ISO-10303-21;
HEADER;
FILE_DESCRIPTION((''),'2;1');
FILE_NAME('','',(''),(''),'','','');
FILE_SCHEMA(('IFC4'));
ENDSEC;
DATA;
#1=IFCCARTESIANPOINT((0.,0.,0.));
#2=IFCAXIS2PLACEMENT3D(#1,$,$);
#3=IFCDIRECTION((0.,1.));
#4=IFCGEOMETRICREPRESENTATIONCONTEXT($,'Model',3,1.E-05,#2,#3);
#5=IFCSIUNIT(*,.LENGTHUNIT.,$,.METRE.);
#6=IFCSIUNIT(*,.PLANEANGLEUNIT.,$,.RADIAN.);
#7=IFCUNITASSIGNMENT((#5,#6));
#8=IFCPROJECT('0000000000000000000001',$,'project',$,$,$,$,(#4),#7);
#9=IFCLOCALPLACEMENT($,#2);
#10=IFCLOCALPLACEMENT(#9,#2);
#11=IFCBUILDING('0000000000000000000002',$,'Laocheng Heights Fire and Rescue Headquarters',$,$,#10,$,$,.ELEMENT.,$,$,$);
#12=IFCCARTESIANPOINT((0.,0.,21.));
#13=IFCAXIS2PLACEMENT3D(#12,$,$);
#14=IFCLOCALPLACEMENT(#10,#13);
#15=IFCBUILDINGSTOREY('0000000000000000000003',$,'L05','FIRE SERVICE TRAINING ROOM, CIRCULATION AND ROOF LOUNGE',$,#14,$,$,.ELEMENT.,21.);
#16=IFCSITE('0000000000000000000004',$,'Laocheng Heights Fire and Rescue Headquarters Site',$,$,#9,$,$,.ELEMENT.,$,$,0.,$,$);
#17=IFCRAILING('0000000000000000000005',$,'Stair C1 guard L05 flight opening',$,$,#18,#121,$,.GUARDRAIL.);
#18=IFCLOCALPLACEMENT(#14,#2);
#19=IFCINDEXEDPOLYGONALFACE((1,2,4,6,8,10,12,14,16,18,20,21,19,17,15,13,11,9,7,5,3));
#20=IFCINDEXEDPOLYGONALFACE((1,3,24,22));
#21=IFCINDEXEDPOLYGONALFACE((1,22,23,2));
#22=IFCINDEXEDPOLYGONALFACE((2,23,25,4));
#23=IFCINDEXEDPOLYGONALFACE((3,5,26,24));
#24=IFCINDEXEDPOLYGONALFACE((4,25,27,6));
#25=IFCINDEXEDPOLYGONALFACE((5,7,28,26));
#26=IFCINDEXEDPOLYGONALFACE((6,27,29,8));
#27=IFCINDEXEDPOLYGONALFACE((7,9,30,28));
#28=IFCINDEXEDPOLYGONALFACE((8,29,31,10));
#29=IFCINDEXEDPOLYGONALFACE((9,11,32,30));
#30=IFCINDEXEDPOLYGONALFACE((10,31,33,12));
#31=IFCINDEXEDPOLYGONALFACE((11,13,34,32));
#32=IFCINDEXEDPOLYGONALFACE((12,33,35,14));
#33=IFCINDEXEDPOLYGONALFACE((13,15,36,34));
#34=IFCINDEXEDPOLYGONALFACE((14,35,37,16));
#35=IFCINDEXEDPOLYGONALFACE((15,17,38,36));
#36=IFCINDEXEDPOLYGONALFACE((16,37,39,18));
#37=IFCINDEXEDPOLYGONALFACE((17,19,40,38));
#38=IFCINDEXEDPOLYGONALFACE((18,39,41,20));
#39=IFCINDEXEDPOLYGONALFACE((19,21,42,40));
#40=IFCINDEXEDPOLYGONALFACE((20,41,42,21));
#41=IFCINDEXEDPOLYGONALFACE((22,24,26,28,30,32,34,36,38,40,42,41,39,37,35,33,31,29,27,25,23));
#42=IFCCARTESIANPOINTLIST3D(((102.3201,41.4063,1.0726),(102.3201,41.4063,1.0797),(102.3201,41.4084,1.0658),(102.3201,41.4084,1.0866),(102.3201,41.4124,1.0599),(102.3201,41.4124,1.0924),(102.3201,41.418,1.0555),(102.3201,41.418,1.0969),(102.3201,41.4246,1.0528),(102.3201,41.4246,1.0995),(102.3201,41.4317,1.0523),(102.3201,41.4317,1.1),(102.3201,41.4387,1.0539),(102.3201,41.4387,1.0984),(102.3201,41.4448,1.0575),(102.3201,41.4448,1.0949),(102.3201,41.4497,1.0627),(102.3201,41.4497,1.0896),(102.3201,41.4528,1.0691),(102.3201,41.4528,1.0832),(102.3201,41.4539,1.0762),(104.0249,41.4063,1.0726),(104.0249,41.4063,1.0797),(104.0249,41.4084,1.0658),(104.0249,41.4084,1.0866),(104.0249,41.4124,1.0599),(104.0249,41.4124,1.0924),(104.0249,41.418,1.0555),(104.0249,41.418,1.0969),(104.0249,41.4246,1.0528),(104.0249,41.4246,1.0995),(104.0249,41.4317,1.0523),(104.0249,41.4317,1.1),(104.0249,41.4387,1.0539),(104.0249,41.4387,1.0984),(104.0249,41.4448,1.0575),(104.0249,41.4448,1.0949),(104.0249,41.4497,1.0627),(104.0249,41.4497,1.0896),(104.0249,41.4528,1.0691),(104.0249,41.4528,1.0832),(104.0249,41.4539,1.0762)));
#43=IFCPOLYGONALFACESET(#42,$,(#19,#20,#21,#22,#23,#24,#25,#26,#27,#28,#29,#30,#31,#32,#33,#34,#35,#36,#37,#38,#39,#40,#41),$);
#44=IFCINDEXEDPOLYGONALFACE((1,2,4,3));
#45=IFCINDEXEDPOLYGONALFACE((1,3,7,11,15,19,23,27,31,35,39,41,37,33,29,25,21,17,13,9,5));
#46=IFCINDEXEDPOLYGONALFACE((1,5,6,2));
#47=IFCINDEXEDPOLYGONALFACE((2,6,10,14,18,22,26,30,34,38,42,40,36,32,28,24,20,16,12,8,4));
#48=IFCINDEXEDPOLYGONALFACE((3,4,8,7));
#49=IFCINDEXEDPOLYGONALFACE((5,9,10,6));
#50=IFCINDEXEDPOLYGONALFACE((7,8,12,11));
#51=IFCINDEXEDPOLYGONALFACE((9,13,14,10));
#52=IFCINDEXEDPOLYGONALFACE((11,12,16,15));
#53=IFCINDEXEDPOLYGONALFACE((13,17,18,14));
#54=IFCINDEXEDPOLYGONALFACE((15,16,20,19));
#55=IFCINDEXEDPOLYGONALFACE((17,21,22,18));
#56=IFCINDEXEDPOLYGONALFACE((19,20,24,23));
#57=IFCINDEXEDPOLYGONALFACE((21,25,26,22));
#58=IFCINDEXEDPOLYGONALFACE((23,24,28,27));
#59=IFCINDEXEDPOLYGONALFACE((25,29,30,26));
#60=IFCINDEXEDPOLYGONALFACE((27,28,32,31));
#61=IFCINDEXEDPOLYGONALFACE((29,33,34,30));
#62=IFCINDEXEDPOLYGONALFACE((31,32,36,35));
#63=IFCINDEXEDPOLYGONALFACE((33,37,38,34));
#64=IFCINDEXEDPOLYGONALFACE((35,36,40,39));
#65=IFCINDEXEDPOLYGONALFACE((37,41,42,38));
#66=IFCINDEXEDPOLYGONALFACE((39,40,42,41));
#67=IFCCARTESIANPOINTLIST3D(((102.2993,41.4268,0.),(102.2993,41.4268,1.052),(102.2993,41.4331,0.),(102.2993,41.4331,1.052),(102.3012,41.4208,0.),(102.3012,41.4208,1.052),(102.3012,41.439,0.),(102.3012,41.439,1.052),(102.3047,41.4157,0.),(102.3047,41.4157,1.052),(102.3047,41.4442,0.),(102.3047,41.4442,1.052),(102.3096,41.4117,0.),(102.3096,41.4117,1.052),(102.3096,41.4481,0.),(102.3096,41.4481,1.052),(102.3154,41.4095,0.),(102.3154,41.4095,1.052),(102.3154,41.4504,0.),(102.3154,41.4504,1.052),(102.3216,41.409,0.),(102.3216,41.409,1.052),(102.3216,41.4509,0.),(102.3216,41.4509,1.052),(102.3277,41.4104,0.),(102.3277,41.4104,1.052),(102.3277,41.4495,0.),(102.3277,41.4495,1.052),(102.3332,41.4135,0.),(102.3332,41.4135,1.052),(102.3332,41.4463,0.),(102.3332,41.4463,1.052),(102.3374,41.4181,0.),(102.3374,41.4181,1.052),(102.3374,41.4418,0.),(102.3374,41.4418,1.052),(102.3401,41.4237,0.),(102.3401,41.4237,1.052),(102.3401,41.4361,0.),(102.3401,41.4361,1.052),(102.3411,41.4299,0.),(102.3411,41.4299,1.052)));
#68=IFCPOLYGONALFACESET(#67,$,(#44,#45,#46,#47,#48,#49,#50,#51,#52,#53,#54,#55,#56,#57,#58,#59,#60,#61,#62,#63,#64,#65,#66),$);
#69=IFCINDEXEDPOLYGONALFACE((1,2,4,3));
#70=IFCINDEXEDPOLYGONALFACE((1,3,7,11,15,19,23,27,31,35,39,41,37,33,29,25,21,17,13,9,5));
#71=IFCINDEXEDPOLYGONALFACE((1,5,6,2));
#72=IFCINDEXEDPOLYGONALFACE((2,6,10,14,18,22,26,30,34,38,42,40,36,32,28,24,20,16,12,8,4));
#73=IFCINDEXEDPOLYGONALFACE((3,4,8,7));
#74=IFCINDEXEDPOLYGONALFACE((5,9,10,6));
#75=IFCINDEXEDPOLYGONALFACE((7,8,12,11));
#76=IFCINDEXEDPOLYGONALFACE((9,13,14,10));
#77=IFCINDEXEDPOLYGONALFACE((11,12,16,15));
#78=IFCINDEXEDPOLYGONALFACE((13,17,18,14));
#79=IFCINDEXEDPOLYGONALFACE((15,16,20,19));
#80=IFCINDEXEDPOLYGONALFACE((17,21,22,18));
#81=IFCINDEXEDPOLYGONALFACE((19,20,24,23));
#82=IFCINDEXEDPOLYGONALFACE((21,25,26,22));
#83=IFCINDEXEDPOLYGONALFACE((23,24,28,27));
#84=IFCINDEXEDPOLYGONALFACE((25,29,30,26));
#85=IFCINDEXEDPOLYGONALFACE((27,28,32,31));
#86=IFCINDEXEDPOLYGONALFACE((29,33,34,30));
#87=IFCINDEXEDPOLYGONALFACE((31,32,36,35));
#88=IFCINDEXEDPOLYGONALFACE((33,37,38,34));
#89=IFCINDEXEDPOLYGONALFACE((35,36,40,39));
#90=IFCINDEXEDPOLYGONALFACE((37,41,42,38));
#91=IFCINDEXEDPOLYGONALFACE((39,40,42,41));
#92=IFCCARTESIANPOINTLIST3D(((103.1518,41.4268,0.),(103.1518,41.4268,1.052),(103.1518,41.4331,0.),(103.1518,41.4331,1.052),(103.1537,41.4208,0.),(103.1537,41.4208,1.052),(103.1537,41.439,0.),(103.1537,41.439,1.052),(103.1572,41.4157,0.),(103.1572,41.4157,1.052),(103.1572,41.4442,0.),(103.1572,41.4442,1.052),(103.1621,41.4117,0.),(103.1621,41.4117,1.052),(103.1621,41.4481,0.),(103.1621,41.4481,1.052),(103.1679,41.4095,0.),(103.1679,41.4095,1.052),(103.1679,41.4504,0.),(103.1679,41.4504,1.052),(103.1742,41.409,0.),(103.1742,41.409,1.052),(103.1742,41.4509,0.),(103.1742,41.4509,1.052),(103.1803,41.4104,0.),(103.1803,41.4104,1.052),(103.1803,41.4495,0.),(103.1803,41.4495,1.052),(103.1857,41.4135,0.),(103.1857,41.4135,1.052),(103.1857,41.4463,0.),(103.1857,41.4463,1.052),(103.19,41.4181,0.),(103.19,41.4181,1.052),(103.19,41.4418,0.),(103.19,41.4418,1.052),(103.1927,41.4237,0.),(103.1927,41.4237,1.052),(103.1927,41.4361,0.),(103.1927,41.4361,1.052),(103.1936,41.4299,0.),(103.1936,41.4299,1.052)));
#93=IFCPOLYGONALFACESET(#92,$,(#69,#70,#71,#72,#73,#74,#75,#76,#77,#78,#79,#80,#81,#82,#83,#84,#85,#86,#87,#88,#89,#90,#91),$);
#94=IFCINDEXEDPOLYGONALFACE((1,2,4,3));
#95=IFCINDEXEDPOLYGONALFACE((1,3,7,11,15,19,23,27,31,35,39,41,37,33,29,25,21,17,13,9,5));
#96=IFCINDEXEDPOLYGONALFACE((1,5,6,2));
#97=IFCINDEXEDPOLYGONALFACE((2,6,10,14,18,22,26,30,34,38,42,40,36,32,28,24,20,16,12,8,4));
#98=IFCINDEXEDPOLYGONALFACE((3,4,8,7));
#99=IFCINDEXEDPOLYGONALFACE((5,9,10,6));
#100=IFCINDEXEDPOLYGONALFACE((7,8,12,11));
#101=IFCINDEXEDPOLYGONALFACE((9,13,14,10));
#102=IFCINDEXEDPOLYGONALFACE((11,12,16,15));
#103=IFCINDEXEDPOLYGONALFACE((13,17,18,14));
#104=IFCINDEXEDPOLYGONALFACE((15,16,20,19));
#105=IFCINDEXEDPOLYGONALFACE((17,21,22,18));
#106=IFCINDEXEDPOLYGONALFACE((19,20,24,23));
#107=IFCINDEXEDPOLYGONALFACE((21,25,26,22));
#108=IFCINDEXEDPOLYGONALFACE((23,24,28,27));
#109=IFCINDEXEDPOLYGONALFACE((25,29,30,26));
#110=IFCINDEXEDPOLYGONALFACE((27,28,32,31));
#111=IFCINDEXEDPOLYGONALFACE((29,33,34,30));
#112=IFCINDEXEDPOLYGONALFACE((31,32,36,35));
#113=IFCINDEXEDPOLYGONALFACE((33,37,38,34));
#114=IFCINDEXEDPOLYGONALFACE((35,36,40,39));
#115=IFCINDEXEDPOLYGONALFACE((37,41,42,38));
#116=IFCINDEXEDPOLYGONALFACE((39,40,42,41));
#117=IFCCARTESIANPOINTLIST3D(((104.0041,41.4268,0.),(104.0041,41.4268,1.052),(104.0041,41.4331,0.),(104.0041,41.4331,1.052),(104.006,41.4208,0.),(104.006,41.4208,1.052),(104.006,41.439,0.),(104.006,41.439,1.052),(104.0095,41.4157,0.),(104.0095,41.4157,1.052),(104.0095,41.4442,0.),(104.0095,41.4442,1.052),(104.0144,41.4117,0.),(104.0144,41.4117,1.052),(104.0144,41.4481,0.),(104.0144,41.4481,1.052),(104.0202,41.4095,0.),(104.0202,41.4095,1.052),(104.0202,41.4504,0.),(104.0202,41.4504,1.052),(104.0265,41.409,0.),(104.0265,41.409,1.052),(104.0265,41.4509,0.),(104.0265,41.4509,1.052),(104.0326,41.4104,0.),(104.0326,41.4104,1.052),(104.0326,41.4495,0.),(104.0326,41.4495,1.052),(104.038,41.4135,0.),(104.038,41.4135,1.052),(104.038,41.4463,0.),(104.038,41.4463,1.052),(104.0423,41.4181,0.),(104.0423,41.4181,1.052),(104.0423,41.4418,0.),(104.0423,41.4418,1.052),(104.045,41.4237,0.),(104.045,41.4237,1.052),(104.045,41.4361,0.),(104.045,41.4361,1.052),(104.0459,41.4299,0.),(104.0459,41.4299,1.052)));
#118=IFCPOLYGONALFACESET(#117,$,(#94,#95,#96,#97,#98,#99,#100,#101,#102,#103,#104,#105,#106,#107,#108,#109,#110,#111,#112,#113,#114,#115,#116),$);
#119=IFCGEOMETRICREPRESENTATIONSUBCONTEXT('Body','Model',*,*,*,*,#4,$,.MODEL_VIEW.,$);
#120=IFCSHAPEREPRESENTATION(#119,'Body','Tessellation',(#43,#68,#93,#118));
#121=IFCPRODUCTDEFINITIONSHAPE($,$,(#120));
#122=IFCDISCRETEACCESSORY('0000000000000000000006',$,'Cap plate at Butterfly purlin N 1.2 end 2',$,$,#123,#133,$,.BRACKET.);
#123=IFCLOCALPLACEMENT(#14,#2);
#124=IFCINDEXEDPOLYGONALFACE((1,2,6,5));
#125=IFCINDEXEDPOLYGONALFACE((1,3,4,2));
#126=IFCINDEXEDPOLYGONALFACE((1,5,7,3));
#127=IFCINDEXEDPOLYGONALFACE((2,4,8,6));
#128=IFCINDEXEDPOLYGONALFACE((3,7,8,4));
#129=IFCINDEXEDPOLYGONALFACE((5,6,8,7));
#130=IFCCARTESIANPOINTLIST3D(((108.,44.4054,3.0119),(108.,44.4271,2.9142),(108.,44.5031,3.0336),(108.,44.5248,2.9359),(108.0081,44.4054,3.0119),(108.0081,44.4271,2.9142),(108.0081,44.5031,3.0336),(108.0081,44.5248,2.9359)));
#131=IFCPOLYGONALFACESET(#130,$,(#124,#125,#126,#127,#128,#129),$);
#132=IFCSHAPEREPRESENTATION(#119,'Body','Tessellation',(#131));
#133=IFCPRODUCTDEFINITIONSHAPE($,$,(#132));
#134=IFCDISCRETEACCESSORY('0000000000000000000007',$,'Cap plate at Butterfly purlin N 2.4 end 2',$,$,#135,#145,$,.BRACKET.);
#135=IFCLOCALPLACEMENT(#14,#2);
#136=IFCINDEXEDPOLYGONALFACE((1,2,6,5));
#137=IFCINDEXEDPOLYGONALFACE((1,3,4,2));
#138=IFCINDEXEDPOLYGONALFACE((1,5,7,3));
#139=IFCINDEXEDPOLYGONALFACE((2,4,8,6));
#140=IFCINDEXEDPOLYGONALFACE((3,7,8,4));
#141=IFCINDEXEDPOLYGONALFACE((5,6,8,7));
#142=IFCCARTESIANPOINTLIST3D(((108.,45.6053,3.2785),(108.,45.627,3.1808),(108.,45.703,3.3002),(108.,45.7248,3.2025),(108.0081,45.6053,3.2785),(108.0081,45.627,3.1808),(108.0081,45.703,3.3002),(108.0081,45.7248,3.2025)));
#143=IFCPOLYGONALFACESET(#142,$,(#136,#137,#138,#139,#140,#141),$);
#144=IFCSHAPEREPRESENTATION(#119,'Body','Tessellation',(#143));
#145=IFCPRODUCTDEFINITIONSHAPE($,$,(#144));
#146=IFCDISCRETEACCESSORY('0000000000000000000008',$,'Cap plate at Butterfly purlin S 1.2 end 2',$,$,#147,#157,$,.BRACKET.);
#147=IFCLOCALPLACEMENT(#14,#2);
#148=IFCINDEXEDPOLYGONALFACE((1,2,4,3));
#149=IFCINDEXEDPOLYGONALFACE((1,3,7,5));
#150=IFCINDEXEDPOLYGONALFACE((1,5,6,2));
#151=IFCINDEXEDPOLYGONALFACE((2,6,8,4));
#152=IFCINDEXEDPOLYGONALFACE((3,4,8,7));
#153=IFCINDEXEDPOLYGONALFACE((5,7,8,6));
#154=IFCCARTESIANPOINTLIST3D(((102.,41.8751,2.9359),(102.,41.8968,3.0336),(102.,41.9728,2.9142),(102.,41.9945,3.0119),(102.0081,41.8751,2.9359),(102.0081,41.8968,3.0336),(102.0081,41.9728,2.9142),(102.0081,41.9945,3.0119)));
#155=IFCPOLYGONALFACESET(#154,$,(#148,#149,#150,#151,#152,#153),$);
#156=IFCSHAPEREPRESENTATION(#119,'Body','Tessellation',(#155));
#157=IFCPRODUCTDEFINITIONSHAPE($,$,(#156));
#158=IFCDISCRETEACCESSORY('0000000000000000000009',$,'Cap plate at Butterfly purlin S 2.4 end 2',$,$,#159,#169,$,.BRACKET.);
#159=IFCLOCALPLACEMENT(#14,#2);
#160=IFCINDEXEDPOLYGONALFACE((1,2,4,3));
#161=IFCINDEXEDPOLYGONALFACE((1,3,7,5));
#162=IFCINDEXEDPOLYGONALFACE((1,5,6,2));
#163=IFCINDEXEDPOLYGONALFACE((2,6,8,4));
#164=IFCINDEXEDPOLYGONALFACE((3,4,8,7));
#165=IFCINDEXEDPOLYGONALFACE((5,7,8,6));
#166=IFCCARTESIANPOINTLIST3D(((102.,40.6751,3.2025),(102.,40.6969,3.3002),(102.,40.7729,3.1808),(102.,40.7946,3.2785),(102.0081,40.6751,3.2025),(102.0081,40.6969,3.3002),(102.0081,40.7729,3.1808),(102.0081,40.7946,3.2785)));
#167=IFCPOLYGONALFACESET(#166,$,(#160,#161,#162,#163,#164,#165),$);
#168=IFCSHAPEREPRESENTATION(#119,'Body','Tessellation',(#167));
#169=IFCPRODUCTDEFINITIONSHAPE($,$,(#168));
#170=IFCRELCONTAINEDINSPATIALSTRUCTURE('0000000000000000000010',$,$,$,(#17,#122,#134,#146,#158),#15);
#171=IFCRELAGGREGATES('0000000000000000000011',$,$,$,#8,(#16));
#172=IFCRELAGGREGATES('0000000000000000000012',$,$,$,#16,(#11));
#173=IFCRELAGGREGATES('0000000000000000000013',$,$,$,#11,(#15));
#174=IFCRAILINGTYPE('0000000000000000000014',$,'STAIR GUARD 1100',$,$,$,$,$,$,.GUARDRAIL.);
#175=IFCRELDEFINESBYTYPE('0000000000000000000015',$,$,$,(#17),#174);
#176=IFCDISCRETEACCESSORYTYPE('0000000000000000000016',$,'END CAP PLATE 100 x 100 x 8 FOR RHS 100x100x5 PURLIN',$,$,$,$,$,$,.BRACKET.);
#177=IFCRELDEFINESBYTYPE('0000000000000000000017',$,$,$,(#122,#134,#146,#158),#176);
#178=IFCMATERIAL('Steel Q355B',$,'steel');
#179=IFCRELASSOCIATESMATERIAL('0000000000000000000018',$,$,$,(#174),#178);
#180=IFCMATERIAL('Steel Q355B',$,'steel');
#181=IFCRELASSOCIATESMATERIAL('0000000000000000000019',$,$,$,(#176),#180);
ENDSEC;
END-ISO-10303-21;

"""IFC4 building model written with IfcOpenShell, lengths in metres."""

from ifc_helpers import new_model, si_unit, direction, frame, origin, origin_2d, place, context, subcontext, project, spatial, rectangle, circle, extrude, material, material_profile, profile_set, type_object, element, save


model = new_model("IFC4")

# Units and contexts
model_context = context("Model", 3, precision=1e-05, world=origin(), true_north=direction((0.0, 1.0)))
body_context = subcontext(model_context, "Body", "Model", "MODEL_VIEW")
ifc_project = project(units=[si_unit("LENGTHUNIT", "METRE"), si_unit("PLANEANGLEUNIT", "RADIAN")], contexts=[model_context])

# Site, building, storey
site_placement = place(None, origin())
site = spatial("IfcSite", under=ifc_project, at=site_placement, Name="Laocheng Heights Fire and Rescue Headquarters Site", CompositionType="ELEMENT", RefElevation=0.0)
building_placement = place(site_placement, origin())
building = spatial("IfcBuilding", under=site, at=building_placement, Name="Laocheng Heights Fire and Rescue Headquarters", CompositionType="ELEMENT")
storey_placement = place(building_placement, frame((0.0, 0.0, 21.0)))
storey = spatial("IfcBuildingStorey", under=building, at=storey_placement, Name="L05", Description="FIRE SERVICE TRAINING ROOM, CIRCULATION AND ROOF LOUNGE", CompositionType="ELEMENT", Elevation=21.0)

# Railing
ifc_material_1 = material(Name="Steel Q355B", Category="steel")
railing_type = type_object("IfcRailingType", Name="STAIR GUARD 1100", PredefinedType="GUARDRAIL", material=ifc_material_1)
railing_1_placement = place(storey_placement, frame((102.3201, 41.4299, 0.0)))
element("IfcRailing", 1, at=railing_1_placement, inside=storey, type_object=railing_type, Name="Stair C1 guard L05 flight opening", PredefinedType="GUARDRAIL", context=body_context, shape_type="SweptSolid", body=[
    extrude(circle(Radius=0.0239, at=origin_2d()), frame((0.0, 0.0, 1.0762), z_axis=(1.0, 0.0, 0.0), x_axis=(0.0, 1.0, 0.0)), (0.0, 0.0, 1.0), 1.7048),
    extrude(circle(Radius=0.021, at=origin_2d()), origin(), (0.0, 0.0, 1.0), 1.052),
    extrude(circle(Radius=0.021, at=origin_2d()), frame((0.8525, 0.0, 0.0)), (0.0, 0.0, 1.0), 1.052),
    extrude(circle(Radius=0.021, at=origin_2d()), frame((1.7048, 0.0, 0.0)), (0.0, 0.0, 1.0), 1.052),
])

# Discrete accessories
ifc_material_2 = material(Name="Steel Q355B", Category="steel")
ifc_material_profile_1 = material_profile(ifc_material_2, rectangle(XDim=0.1001, YDim=0.1001, at=origin_2d()), Name="END CAP PLATE 100 x 100 x 8 FOR RHS 100x100x5 PURLIN")
ifc_profile_set_1 = profile_set([ifc_material_profile_1], Name="Steel Q355B")
discrete_accessory_type = type_object("IfcDiscreteAccessoryType", Name="END CAP PLATE 100 x 100 x 8 FOR RHS 100x100x5 PURLIN", PredefinedType="BRACKET", material=ifc_profile_set_1)
for number, where, z_axis, x_axis, name in (
    (2, (108.0, 44.4651, 2.9739), (1.0, 0.0, 0.0), (0.0, 0.976187, 0.21693), "Cap plate at Butterfly purlin N 1.2 end 2"),
    (3, (108.0, 45.665, 3.2405), (1.0, 0.0, 0.0), (0.0, 0.976187, 0.21693), "Cap plate at Butterfly purlin N 2.4 end 2"),
    (4, (102.0, 41.9348, 2.9739), (1.0, 0.0, 0.0), (0.0, 0.976187, -0.21693), "Cap plate at Butterfly purlin S 1.2 end 2"),
    (5, (102.0, 40.7349, 3.2405), (1.0, 0.0, 0.0), (0.0, 0.976187, -0.21693), "Cap plate at Butterfly purlin S 2.4 end 2"),
):
    element("IfcDiscreteAccessory", number, at=place(storey_placement, frame(where, z_axis=z_axis, x_axis=x_axis)), inside=storey, type_object=discrete_accessory_type, Name=name, PredefinedType="BRACKET", context=body_context, shape_type="SweptSolid", body=[
        extrude(rectangle(XDim=0.1001, YDim=0.1001, at=origin_2d()), origin(), (0.0, 0.0, 1.0), 0.0081),
    ])

save(model, "model.ifc")
